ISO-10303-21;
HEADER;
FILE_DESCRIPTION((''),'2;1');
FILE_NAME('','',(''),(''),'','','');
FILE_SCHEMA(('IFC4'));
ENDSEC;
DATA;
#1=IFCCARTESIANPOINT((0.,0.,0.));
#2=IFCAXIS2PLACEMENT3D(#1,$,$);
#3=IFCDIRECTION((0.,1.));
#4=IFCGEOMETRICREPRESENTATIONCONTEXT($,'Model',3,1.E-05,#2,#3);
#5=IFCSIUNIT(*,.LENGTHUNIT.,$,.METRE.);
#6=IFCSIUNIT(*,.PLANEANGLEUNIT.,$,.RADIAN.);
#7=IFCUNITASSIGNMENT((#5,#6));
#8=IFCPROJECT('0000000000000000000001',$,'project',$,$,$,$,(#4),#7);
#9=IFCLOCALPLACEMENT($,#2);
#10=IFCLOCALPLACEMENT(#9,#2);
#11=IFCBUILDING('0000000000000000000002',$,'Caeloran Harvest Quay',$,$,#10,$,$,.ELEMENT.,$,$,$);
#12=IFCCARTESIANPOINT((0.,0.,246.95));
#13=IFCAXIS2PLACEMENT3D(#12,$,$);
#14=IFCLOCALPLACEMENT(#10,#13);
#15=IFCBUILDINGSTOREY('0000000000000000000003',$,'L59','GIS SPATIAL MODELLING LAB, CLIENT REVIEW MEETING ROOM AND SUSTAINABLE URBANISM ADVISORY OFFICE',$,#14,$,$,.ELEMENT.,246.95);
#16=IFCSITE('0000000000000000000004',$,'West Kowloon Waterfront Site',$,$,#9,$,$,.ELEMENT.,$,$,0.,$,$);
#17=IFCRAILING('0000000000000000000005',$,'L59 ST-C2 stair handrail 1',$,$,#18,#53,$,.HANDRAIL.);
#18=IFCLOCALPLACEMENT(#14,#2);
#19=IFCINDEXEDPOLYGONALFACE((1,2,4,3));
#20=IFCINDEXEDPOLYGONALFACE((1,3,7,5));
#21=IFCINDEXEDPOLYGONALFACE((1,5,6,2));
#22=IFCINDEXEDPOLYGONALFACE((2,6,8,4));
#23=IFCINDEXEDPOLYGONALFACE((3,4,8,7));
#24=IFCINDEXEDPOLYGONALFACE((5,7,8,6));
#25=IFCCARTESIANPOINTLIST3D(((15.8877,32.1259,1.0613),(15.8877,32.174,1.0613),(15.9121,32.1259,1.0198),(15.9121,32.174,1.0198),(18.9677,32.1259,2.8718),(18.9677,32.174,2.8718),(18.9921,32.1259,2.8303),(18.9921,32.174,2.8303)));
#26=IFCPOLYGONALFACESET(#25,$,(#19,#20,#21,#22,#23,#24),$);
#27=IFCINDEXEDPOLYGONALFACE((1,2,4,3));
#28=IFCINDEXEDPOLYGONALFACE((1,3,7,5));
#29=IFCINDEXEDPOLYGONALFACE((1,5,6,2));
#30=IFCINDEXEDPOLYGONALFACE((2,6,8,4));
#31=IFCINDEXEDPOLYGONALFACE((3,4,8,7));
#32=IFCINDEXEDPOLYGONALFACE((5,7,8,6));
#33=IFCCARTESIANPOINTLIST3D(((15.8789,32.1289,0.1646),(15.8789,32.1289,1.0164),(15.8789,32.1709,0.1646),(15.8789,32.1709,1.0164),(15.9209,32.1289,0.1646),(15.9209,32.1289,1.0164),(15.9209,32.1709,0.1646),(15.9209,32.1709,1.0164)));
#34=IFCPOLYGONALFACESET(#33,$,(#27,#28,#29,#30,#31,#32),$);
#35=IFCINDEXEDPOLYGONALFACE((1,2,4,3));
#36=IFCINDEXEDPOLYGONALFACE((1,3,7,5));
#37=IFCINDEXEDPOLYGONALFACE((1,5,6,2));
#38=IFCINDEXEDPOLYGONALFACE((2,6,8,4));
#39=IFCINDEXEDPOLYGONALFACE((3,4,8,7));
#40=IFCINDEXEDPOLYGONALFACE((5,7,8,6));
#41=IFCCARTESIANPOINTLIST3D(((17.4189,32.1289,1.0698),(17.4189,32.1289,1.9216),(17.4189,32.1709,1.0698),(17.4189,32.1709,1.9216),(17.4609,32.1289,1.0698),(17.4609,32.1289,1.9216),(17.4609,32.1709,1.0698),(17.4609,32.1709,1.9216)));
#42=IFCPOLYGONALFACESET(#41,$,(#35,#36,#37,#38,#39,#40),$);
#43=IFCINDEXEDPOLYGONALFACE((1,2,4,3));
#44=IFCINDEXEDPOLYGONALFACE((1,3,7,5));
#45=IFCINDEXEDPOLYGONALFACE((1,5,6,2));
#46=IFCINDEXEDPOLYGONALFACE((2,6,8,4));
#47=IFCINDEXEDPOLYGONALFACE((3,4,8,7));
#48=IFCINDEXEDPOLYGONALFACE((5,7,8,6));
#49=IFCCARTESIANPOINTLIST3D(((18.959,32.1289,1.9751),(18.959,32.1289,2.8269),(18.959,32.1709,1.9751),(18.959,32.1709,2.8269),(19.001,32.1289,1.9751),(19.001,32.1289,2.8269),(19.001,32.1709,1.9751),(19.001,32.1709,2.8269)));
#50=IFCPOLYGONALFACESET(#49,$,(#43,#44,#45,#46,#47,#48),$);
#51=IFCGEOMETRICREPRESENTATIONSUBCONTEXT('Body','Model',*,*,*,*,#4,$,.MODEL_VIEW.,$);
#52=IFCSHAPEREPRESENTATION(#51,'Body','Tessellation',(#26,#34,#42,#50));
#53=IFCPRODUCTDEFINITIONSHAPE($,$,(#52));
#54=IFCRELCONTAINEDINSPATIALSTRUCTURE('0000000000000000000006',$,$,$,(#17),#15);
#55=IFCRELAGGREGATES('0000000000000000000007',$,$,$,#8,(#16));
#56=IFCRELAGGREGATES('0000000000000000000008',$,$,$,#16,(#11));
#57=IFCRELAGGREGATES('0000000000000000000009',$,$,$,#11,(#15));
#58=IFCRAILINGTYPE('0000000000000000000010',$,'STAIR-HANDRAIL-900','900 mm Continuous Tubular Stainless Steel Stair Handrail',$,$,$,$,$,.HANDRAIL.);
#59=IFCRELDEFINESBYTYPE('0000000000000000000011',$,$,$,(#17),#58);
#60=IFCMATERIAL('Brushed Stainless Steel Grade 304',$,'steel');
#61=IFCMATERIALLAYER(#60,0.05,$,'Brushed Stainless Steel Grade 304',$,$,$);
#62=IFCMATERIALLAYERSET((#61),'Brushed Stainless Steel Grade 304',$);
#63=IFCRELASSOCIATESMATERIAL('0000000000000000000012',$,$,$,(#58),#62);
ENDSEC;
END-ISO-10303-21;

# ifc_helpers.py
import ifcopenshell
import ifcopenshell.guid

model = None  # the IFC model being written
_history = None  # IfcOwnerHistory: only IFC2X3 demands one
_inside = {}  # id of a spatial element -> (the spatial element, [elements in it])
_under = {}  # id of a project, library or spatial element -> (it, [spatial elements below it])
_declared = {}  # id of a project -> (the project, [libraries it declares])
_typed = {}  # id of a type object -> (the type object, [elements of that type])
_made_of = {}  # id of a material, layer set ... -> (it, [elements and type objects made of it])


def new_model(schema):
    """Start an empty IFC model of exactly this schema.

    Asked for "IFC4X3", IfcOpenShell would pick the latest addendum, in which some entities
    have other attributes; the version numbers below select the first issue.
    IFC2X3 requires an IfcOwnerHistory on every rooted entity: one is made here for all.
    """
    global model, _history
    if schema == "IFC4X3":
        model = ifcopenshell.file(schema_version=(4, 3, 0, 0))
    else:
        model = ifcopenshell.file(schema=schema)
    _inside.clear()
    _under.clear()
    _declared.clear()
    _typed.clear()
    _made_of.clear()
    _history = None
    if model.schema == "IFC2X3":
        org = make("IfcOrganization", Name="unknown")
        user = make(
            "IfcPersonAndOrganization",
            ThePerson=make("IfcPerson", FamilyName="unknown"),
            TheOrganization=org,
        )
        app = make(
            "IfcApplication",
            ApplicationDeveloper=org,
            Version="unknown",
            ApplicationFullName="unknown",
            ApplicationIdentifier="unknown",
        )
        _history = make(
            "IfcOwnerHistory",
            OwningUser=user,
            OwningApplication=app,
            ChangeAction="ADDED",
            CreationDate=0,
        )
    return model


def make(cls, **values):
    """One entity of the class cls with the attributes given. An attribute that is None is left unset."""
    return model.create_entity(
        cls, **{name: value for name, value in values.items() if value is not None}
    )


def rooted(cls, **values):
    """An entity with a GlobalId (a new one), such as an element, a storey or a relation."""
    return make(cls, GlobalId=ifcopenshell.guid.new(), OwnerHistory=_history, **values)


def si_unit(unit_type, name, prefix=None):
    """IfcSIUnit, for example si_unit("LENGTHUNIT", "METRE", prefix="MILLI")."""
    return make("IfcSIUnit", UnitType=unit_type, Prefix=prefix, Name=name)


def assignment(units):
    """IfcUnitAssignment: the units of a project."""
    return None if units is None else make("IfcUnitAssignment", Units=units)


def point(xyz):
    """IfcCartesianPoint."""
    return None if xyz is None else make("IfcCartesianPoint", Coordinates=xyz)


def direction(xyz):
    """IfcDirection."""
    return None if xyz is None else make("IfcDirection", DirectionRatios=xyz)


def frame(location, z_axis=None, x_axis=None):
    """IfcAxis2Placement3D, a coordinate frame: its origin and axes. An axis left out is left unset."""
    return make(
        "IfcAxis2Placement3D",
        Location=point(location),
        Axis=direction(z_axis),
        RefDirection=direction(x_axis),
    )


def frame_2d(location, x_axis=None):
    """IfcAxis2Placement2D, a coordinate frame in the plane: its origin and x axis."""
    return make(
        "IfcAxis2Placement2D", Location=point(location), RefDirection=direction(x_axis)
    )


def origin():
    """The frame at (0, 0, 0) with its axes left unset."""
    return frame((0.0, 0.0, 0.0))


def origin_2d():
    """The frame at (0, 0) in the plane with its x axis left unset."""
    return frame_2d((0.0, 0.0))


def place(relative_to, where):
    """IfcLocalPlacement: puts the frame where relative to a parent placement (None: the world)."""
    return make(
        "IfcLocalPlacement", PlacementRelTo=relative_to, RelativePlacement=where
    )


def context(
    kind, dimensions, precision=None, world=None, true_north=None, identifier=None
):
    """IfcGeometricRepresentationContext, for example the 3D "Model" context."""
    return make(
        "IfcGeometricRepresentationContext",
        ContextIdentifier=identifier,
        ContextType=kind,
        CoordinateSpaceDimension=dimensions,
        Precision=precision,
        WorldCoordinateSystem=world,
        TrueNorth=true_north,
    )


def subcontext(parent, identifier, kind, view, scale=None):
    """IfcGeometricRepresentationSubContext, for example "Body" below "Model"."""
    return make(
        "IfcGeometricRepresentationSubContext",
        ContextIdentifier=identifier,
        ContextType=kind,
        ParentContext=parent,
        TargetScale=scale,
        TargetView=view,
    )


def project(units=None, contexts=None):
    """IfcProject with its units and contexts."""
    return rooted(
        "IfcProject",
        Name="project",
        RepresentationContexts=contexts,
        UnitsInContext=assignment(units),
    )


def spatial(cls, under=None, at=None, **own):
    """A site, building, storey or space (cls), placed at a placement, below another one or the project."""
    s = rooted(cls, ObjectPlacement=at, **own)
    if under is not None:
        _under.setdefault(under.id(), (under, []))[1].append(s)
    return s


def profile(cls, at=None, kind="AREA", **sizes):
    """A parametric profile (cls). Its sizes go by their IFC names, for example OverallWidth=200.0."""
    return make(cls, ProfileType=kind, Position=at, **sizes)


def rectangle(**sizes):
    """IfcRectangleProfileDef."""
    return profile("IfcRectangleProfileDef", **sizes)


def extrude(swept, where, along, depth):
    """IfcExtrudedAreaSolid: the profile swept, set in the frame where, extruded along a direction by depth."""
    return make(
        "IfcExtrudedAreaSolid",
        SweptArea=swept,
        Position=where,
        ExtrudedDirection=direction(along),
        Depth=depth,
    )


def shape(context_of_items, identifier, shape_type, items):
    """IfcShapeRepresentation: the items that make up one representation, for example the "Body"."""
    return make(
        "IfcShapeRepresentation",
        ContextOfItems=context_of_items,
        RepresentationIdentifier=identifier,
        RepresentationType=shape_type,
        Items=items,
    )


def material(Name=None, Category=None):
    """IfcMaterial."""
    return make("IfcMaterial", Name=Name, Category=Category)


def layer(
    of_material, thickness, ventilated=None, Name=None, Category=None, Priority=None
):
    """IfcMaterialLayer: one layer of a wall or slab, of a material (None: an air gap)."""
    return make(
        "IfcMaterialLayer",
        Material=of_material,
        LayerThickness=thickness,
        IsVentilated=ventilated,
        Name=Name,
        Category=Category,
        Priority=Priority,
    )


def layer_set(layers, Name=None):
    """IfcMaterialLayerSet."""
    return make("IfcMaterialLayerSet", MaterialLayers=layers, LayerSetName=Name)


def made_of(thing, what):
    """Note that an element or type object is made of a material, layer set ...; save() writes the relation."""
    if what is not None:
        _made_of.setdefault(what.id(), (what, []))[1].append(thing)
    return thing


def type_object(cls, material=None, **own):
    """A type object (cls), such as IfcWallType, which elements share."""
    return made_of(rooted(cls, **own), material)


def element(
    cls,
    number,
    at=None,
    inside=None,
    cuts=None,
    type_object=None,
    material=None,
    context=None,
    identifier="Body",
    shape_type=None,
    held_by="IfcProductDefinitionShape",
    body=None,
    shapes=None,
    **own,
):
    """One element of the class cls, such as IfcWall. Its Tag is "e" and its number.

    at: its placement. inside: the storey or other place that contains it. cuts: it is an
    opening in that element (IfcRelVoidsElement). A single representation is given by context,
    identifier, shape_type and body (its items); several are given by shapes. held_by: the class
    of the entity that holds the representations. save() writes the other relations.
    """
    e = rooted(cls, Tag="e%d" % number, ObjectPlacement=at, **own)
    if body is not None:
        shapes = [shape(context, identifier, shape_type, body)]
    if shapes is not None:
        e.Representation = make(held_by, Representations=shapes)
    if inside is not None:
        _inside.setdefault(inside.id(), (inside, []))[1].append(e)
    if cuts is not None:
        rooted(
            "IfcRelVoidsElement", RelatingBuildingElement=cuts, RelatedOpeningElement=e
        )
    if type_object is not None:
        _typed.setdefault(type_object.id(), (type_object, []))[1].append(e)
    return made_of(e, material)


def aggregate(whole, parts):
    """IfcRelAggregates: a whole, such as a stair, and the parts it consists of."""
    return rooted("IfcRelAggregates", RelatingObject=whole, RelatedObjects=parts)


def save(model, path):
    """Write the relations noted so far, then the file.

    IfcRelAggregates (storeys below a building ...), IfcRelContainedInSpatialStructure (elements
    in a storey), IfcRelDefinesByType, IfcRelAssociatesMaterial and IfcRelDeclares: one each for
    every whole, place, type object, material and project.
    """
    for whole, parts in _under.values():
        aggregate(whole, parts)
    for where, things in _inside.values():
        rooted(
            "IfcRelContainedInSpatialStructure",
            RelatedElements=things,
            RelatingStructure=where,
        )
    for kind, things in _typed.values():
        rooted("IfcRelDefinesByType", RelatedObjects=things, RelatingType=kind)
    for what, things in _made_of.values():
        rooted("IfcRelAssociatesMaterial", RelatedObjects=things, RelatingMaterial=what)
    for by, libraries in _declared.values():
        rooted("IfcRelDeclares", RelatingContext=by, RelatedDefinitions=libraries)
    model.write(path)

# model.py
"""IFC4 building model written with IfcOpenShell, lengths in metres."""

from ifc_helpers import new_model, si_unit, direction, frame, origin, origin_2d, place, context, subcontext, project, spatial, rectangle, extrude, material, layer, layer_set, type_object, element, save


model = new_model("IFC4")

# Units and contexts
model_context = context("Model", 3, precision=1e-05, world=origin(), true_north=direction((0.0, 1.0)))
body_context = subcontext(model_context, "Body", "Model", "MODEL_VIEW")
ifc_project = project(units=[si_unit("LENGTHUNIT", "METRE"), si_unit("PLANEANGLEUNIT", "RADIAN")], contexts=[model_context])

# Site, building, storey
site_placement = place(None, origin())
site = spatial("IfcSite", under=ifc_project, at=site_placement, Name="West Kowloon Waterfront Site", CompositionType="ELEMENT", RefElevation=0.0)
building_placement = place(site_placement, origin())
building = spatial("IfcBuilding", under=site, at=building_placement, Name="Caeloran Harvest Quay", CompositionType="ELEMENT")
storey_placement = place(building_placement, frame((0.0, 0.0, 246.95)))
storey = spatial("IfcBuildingStorey", under=building, at=storey_placement, Name="L59", Description="GIS SPATIAL MODELLING LAB, CLIENT REVIEW MEETING ROOM AND SUSTAINABLE URBANISM ADVISORY OFFICE", CompositionType="ELEMENT", Elevation=246.95)

# Railing
ifc_material_1 = material(Name="Brushed Stainless Steel Grade 304", Category="steel")
ifc_layer_1 = layer(ifc_material_1, 0.05, Name="Brushed Stainless Steel Grade 304")
ifc_layer_set_1 = layer_set([ifc_layer_1], Name="Brushed Stainless Steel Grade 304")
railing_type_1 = type_object("IfcRailingType", Name="STAIR-HANDRAIL-900", Description="900 mm Continuous Tubular Stainless Steel Stair Handrail", PredefinedType="HANDRAIL", material=ifc_layer_set_1)
railing_1_placement = place(storey_placement, frame((15.8999, 32.1499, 0.1646)))
element("IfcRailing", 1, at=railing_1_placement, inside=storey, type_object=railing_type_1, Name="L59 ST-C2 stair handrail 1", PredefinedType="HANDRAIL", context=body_context, shape_type="SweptSolid", body=[
    extrude(rectangle(XDim=0.0481, YDim=0.0481, at=origin_2d()), frame((0.0, 0.0, 0.876), z_axis=(0.862089, 0.0, 0.506757), x_axis=(0.0, 1.0, 0.0)), (0.0, 0.0, 1.0), 3.5728),
    extrude(rectangle(XDim=0.042, YDim=0.042, at=origin_2d()), origin(), (0.0, 0.0, 1.0), 0.8518),
    extrude(rectangle(XDim=0.042, YDim=0.042, at=origin_2d()), frame((1.54, 0.0, 0.9053)), (0.0, 0.0, 1.0), 0.8518),
    extrude(rectangle(XDim=0.042, YDim=0.042, at=origin_2d()), frame((3.0801, 0.0, 1.8105)), (0.0, 0.0, 1.0), 0.8518),
])

save(model, "model.ifc")
